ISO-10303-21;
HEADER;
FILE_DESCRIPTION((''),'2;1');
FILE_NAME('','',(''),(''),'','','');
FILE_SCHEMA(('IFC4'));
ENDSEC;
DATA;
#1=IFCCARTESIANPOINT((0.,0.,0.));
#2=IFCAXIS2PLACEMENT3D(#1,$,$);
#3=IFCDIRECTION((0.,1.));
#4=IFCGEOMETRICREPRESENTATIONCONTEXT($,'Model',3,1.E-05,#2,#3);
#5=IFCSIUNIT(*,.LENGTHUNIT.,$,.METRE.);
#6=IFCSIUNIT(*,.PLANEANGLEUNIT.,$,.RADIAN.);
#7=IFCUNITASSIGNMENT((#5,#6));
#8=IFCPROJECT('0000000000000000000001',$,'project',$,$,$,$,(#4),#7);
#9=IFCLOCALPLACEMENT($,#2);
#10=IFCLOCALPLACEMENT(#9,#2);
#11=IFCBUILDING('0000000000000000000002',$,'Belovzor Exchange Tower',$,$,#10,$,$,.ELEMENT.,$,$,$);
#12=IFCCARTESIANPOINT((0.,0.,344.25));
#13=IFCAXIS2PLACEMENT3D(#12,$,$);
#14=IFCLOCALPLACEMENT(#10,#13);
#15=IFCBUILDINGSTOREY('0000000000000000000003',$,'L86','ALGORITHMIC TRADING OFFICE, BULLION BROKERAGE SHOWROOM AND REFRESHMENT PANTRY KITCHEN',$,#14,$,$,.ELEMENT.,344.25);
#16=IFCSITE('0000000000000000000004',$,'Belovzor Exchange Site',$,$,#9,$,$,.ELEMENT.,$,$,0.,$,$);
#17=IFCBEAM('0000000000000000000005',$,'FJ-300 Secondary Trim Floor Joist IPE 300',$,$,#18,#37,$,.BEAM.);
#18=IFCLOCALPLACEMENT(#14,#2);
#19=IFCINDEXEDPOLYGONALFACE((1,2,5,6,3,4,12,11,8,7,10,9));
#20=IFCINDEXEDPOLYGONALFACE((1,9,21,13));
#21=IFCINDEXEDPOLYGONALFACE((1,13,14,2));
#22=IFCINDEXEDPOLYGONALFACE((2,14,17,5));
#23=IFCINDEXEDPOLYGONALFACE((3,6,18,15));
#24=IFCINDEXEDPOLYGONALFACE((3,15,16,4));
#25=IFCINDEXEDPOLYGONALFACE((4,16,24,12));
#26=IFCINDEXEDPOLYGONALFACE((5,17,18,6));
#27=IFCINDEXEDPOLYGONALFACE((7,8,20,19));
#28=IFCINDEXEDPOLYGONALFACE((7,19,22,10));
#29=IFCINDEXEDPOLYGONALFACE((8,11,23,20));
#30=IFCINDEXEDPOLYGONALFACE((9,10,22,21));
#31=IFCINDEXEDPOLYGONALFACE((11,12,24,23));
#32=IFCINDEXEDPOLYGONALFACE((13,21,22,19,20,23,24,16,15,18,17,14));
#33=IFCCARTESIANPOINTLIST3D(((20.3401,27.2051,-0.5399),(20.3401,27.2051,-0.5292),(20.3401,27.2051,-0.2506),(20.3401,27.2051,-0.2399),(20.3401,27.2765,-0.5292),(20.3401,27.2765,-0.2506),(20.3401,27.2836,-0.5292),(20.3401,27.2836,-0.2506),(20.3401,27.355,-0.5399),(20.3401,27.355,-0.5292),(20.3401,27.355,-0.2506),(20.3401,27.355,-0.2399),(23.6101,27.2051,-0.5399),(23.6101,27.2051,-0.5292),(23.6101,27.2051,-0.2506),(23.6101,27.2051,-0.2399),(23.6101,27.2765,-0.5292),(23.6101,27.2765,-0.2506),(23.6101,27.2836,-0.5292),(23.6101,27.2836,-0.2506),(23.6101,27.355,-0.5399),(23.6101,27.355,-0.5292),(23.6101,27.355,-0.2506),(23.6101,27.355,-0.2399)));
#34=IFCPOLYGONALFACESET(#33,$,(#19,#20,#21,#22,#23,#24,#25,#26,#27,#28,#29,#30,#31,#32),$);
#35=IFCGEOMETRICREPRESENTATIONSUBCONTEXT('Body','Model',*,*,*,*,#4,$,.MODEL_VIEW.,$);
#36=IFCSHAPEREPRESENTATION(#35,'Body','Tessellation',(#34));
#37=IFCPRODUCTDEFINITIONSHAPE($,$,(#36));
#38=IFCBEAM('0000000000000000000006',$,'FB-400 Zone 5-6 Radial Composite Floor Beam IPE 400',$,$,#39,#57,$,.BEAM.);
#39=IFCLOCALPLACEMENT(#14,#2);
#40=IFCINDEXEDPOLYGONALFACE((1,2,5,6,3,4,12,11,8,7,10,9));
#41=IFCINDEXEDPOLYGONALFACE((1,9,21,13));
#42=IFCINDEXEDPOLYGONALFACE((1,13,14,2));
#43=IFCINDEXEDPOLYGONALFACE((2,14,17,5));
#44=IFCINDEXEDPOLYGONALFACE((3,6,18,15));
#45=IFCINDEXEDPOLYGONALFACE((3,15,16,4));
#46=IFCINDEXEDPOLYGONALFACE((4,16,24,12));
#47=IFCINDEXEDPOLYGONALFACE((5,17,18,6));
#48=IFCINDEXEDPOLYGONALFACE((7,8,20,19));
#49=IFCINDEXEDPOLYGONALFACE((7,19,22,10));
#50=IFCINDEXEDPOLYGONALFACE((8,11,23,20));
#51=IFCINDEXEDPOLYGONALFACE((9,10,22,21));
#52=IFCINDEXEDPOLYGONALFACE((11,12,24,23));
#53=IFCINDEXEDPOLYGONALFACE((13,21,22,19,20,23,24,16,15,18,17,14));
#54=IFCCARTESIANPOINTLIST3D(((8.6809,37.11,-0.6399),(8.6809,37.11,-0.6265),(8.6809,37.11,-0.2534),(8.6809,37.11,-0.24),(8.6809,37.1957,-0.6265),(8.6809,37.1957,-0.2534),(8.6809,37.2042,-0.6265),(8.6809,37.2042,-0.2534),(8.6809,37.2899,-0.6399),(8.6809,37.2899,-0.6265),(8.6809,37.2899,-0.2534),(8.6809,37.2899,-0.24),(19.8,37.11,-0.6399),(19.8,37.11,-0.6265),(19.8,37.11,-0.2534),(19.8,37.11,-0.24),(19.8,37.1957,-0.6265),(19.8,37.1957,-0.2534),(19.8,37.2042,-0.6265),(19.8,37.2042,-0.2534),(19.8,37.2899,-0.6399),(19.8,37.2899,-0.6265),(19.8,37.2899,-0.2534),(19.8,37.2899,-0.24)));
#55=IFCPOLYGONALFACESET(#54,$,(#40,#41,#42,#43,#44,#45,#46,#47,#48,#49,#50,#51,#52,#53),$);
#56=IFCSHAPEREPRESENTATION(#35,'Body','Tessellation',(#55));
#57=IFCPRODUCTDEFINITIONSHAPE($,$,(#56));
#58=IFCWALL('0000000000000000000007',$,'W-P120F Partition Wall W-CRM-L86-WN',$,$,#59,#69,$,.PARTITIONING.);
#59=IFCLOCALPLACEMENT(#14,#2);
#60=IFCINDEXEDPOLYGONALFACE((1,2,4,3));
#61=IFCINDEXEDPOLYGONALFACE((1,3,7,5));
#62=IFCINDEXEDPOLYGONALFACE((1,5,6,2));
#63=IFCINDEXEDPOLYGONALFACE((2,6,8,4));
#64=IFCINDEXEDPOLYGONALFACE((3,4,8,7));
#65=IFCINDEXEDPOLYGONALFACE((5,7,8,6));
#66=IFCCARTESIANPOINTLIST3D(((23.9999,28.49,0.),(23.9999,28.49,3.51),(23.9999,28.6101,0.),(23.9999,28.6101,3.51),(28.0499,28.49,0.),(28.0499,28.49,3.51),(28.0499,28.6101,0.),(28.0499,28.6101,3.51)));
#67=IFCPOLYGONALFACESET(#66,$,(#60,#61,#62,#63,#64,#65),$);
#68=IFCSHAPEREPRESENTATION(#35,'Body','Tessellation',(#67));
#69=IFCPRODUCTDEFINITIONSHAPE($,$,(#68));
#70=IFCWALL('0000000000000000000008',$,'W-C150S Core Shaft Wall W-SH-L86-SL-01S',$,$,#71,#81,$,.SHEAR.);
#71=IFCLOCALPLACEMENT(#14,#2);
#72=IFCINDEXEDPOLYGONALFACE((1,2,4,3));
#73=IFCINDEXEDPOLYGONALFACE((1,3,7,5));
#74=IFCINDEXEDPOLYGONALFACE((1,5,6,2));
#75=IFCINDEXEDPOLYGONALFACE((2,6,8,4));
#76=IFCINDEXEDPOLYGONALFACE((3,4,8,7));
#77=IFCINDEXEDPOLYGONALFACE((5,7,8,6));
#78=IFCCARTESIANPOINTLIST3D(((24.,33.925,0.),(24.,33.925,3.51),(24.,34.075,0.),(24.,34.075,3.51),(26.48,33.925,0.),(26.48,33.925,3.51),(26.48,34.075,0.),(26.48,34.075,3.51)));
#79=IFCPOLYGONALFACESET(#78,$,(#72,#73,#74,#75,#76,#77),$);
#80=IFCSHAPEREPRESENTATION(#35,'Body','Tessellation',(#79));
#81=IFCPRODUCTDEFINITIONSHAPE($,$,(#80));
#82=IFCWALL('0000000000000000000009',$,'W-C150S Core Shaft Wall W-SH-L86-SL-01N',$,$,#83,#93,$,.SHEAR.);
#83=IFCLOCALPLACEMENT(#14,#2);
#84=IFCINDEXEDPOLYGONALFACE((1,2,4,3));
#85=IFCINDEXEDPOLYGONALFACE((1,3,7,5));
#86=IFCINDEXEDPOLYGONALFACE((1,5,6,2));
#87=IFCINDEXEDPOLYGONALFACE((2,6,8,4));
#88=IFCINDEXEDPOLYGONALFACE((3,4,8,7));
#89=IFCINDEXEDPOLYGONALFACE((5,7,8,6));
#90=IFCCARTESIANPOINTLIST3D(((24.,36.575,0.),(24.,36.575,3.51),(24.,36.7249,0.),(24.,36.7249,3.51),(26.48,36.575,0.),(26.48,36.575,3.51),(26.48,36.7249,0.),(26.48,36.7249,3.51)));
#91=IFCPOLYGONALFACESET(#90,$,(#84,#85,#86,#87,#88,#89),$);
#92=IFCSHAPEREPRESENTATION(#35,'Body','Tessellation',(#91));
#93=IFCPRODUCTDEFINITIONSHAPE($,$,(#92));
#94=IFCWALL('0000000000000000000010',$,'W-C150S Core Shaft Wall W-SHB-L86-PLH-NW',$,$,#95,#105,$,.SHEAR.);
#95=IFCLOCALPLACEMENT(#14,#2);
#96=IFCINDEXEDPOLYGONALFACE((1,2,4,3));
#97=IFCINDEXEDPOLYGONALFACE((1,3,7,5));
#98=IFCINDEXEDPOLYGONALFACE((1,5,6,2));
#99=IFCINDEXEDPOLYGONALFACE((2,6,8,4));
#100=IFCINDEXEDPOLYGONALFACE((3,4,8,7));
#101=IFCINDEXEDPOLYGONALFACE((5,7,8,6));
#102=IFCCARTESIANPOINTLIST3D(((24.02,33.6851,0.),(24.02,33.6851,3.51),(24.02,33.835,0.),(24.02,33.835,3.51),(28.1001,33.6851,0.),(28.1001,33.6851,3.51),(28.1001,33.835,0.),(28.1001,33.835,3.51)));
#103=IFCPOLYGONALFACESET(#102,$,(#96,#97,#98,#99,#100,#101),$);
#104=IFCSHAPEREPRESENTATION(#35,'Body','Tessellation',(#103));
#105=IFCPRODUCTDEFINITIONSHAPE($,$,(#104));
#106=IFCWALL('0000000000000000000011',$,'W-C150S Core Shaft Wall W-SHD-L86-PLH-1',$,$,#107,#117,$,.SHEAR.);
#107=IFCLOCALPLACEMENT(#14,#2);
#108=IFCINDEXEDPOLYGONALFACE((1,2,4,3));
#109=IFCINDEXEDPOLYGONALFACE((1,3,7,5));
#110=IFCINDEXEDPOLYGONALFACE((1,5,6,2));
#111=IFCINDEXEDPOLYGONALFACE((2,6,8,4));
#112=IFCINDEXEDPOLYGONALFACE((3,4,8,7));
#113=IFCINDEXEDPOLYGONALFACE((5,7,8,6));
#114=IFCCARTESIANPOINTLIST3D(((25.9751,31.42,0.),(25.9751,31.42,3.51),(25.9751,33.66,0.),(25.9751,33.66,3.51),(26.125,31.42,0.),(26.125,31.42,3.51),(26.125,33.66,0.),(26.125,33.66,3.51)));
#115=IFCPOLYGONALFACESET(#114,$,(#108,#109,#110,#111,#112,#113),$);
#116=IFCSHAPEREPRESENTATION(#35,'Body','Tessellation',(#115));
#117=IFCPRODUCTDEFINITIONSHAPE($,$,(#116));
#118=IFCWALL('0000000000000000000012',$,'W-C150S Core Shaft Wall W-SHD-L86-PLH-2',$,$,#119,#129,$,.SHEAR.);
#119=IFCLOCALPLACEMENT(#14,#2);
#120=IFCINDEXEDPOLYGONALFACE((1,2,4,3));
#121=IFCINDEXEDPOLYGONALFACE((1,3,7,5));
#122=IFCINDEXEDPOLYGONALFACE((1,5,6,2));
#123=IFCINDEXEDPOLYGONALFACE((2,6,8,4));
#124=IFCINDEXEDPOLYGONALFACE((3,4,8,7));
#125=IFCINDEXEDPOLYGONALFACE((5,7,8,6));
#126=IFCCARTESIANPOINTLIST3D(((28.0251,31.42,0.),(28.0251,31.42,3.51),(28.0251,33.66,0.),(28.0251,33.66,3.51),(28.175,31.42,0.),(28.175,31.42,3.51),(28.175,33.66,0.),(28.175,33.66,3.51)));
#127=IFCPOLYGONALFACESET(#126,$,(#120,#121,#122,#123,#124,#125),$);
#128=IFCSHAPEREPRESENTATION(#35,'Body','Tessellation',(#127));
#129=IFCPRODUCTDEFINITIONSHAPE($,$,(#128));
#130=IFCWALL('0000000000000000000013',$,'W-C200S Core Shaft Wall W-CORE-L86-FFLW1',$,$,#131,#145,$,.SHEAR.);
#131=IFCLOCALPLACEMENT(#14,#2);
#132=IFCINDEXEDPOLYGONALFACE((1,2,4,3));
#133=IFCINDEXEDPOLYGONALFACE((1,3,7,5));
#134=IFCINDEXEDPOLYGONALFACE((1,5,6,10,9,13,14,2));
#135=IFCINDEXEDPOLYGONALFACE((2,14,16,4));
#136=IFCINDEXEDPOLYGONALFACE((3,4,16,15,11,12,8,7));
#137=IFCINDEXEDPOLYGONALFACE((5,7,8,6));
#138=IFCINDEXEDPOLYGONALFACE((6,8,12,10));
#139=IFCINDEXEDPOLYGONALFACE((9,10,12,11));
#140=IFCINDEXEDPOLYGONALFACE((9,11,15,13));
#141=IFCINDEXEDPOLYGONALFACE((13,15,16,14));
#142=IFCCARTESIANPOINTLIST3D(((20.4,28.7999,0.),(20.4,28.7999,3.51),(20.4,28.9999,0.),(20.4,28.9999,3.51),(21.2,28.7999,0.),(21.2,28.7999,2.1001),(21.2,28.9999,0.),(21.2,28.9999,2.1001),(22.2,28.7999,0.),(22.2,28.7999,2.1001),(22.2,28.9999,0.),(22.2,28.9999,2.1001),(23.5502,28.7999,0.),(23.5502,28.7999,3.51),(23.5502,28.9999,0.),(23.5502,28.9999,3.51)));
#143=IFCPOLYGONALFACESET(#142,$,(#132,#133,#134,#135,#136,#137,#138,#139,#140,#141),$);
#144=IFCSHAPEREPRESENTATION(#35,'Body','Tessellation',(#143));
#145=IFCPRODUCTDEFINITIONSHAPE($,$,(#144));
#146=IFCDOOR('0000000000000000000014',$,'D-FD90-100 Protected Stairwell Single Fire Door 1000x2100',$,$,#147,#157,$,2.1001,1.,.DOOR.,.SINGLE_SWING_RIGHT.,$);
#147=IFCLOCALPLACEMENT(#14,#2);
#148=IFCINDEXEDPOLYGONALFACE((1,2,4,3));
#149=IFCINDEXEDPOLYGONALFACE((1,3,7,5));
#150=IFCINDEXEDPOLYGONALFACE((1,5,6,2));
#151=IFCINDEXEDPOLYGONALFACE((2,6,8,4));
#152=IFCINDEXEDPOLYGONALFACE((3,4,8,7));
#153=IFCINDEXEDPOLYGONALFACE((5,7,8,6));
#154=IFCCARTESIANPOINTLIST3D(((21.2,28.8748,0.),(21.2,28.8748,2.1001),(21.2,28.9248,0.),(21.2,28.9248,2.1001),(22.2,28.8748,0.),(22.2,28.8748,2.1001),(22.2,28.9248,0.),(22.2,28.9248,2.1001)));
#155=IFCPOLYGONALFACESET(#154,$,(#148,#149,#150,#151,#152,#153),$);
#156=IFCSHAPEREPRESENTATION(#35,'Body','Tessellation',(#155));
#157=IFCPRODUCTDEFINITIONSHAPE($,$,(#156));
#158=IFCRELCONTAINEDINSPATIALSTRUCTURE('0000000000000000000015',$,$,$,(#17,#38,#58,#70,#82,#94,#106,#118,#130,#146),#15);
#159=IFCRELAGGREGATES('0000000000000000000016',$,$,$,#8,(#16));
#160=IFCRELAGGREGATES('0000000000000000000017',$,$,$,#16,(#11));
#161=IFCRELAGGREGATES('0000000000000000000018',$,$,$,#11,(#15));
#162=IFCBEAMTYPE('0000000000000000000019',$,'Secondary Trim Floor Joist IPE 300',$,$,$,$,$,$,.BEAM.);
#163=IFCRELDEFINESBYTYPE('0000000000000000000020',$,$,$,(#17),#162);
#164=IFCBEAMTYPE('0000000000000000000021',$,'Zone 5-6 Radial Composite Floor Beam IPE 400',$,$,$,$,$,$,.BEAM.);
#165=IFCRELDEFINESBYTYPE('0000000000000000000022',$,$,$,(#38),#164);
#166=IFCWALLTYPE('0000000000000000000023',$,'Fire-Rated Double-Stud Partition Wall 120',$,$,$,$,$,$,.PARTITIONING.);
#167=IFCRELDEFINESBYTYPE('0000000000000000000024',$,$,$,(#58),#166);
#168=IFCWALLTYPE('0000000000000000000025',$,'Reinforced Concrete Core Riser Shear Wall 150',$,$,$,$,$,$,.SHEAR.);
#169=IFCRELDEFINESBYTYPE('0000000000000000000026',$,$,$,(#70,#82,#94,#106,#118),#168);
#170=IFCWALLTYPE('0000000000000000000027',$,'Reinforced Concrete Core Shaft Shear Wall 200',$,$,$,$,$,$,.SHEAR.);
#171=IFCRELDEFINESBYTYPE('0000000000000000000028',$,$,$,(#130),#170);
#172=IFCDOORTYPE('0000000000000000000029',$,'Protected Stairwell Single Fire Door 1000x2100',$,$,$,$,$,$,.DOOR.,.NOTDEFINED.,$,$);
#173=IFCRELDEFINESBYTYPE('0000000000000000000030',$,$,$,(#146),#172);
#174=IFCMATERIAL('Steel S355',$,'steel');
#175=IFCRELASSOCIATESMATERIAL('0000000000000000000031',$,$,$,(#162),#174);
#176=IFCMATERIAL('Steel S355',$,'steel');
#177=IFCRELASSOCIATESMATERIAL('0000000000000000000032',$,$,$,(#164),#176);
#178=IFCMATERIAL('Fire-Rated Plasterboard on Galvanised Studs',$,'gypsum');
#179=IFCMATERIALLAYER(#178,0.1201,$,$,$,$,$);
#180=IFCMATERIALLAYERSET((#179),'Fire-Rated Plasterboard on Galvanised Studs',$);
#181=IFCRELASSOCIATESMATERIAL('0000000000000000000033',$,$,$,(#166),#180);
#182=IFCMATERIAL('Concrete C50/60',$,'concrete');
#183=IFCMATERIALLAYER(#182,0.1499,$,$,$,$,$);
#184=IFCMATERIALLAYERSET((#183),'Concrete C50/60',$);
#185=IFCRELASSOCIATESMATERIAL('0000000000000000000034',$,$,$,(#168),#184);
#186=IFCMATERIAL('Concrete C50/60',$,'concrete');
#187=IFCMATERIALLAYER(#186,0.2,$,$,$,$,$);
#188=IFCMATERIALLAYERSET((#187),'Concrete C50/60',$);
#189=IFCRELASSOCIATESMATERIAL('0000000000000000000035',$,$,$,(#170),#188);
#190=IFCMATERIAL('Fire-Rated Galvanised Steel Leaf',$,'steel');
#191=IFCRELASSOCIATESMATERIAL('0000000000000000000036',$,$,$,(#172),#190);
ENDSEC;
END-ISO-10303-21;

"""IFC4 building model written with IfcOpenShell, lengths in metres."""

from ifc_helpers import new_model, si_unit, direction, frame, frame_2d, origin, origin_2d, place, context, subcontext, project, spatial, rectangle, i_section, extrude, material, layer, layer_set, material_profile, profile_set, type_object, element, fill, save


model = new_model("IFC4")

# Units and contexts
model_context = context("Model", 3, precision=1e-05, world=origin(), true_north=direction((0.0, 1.0)))
body_context = subcontext(model_context, "Body", "Model", "MODEL_VIEW")
ifc_project = project(units=[si_unit("LENGTHUNIT", "METRE"), si_unit("PLANEANGLEUNIT", "RADIAN")], contexts=[model_context])

# Site, building, storey
site_placement = place(None, origin())
site = spatial("IfcSite", under=ifc_project, at=site_placement, Name="Belovzor Exchange Site", CompositionType="ELEMENT", RefElevation=0.0)
building_placement = place(site_placement, origin())
building = spatial("IfcBuilding", under=site, at=building_placement, Name="Belovzor Exchange Tower", CompositionType="ELEMENT")
storey_placement = place(building_placement, frame((0.0, 0.0, 344.25)))
storey = spatial("IfcBuildingStorey", under=building, at=storey_placement, Name="L86", Description="ALGORITHMIC TRADING OFFICE, BULLION BROKERAGE SHOWROOM AND REFRESHMENT PANTRY KITCHEN", CompositionType="ELEMENT", Elevation=344.25)

# Beams
ifc_material_1 = material(Name="Steel S355", Category="steel")
ifc_material_profile_1 = material_profile(ifc_material_1, i_section(OverallWidth=0.1499, OverallDepth=0.3, WebThickness=0.0071, FlangeThickness=0.0107, at=origin_2d()))
ifc_profile_set_1 = profile_set([ifc_material_profile_1], Name="Steel S355")
beam_type_1 = type_object("IfcBeamType", Name="Secondary Trim Floor Joist IPE 300", PredefinedType="BEAM", material=ifc_profile_set_1)
beam_1_placement = place(storey_placement, frame((20.3401, 27.28, -0.3899), z_axis=(1.0, 0.0, 0.0), x_axis=(0.0, 1.0, 0.0)))
element("IfcBeam", 1, at=beam_1_placement, inside=storey, type_object=beam_type_1, Name="FJ-300 Secondary Trim Floor Joist IPE 300", PredefinedType="BEAM", context=body_context, shape_type="SweptSolid", body=[
    extrude(i_section(OverallWidth=0.1499, OverallDepth=0.3, WebThickness=0.0071, FlangeThickness=0.0107, at=origin_2d()), origin(), (0.0, 0.0, 1.0), 3.27),
])
ifc_material_2 = material(Name="Steel S355", Category="steel")
ifc_material_profile_2 = material_profile(ifc_material_2, i_section(OverallWidth=0.1799, OverallDepth=0.3999, WebThickness=0.0085, FlangeThickness=0.0134, at=origin_2d()))
ifc_profile_set_2 = profile_set([ifc_material_profile_2], Name="Steel S355")
beam_type_2 = type_object("IfcBeamType", Name="Zone 5-6 Radial Composite Floor Beam IPE 400", PredefinedType="BEAM", material=ifc_profile_set_2)
beam_2_placement = place(storey_placement, frame((19.8, 37.2, -0.4399), z_axis=(-1.0, 0.0, 0.0), x_axis=(0.0, -1.0, 0.0)))
element("IfcBeam", 2, at=beam_2_placement, inside=storey, type_object=beam_type_2, Name="FB-400 Zone 5-6 Radial Composite Floor Beam IPE 400", PredefinedType="BEAM", context=body_context, shape_type="SweptSolid", body=[
    extrude(i_section(OverallWidth=0.1799, OverallDepth=0.3999, WebThickness=0.0085, FlangeThickness=0.0134, at=origin_2d()), origin(), (0.0, 0.0, 1.0), 11.1191),
])

# Walls
ifc_material_3 = material(Name="Fire-Rated Plasterboard on Galvanised Studs", Category="gypsum")
ifc_layer_1 = layer(ifc_material_3, 0.1201)
ifc_layer_set_1 = layer_set([ifc_layer_1], Name="Fire-Rated Plasterboard on Galvanised Studs")
wall_type_1 = type_object("IfcWallType", Name="Fire-Rated Double-Stud Partition Wall 120", PredefinedType="PARTITIONING", material=ifc_layer_set_1)
wall_1_placement = place(storey_placement, frame((24.0, 28.55, 0.0), z_axis=(0.0, 0.0, 1.0), x_axis=(1.0, 0.0, 0.0)))
element("IfcWall", 3, at=wall_1_placement, inside=storey, type_object=wall_type_1, Name="W-P120F Partition Wall W-CRM-L86-WN", PredefinedType="PARTITIONING", context=body_context, shape_type="SweptSolid", body=[
    extrude(rectangle(XDim=4.05, YDim=0.1201, at=frame_2d((2.0249, 0.0))), origin(), (0.0, 0.0, 1.0), 3.51),
])
ifc_material_4 = material(Name="Concrete C50/60", Category="concrete")
ifc_layer_2 = layer(ifc_material_4, 0.1499)
ifc_layer_set_2 = layer_set([ifc_layer_2], Name="Concrete C50/60")
wall_type_2 = type_object("IfcWallType", Name="Reinforced Concrete Core Riser Shear Wall 150", PredefinedType="SHEAR", material=ifc_layer_set_2)
for number, where, z_axis, x_axis, name in (
    (4, (24.0, 34.0, 0.0), (0.0, 0.0, 1.0), (1.0, 0.0, 0.0), "W-C150S Core Shaft Wall W-SH-L86-SL-01S"),
    (5, (24.0, 36.6499, 0.0), (0.0, 0.0, 1.0), (1.0, 0.0, 0.0), "W-C150S Core Shaft Wall W-SH-L86-SL-01N"),
):
    element("IfcWall", number, at=place(storey_placement, frame(where, z_axis=z_axis, x_axis=x_axis)), inside=storey, type_object=wall_type_2, Name=name, PredefinedType="SHEAR", context=body_context, shape_type="SweptSolid", body=[
        extrude(rectangle(XDim=2.48, YDim=0.1499, at=frame_2d((1.24, 0.0))), origin(), (0.0, 0.0, 1.0), 3.51),
    ])
wall_2_placement = place(storey_placement, frame((24.02, 33.76, 0.0), z_axis=(0.0, 0.0, 1.0), x_axis=(1.0, 0.0, 0.0)))
element("IfcWall", 6, at=wall_2_placement, inside=storey, type_object=wall_type_2, Name="W-C150S Core Shaft Wall W-SHB-L86-PLH-NW", PredefinedType="SHEAR", context=body_context, shape_type="SweptSolid", body=[
    extrude(rectangle(XDim=4.0801, YDim=0.1499, at=frame_2d((2.04, 0.0))), origin(), (0.0, 0.0, 1.0), 3.51),
])
for number, where, z_axis, x_axis, name in (
    (7, (26.05, 31.4199, 0.0), (0.0, 0.0, 1.0), (0.0, 1.0, 0.0), "W-C150S Core Shaft Wall W-SHD-L86-PLH-1"),
    (8, (28.1001, 31.4199, 0.0), (0.0, 0.0, 1.0), (0.0, 1.0, 0.0), "W-C150S Core Shaft Wall W-SHD-L86-PLH-2"),
):
    element("IfcWall", number, at=place(storey_placement, frame(where, z_axis=z_axis, x_axis=x_axis)), inside=storey, type_object=wall_type_2, Name=name, PredefinedType="SHEAR", context=body_context, shape_type="SweptSolid", body=[
        extrude(rectangle(XDim=2.24, YDim=0.1499, at=frame_2d((1.1201, 0.0))), origin(), (0.0, 0.0, 1.0), 3.51),
    ])

# Wall, opening, door
ifc_material_5 = material(Name="Concrete C50/60", Category="concrete")
ifc_layer_3 = layer(ifc_material_5, 0.2)
ifc_layer_set_3 = layer_set([ifc_layer_3], Name="Concrete C50/60")
wall_type_3 = type_object("IfcWallType", Name="Reinforced Concrete Core Shaft Shear Wall 200", PredefinedType="SHEAR", material=ifc_layer_set_3)
wall_3_placement = place(storey_placement, frame((20.3999, 28.8999, 0.0), z_axis=(0.0, 0.0, 1.0), x_axis=(1.0, 0.0, 0.0)))
wall_3 = element("IfcWall", 9, at=wall_3_placement, inside=storey, type_object=wall_type_3, Name="W-C200S Core Shaft Wall W-CORE-L86-FFLW1", PredefinedType="SHEAR", context=body_context, shape_type="SweptSolid", body=[
    extrude(rectangle(XDim=3.1501, YDim=0.2, at=frame_2d((1.5752, 0.0))), origin(), (0.0, 0.0, 1.0), 3.51),
])
opening_1_placement = place(wall_3_placement, frame((0.8, 0.0, 0.0)))
opening_1 = element("IfcOpeningElement", 10, at=opening_1_placement, cuts=wall_3, PredefinedType="OPENING", context=body_context, shape_type="SweptSolid", body=[
    extrude(rectangle(XDim=1.0, YDim=2.1001, at=frame_2d((0.5, 1.05))), frame((0.0, 0.1099, 0.0), z_axis=(0.0, -1.0, 0.0), x_axis=(1.0, 0.0, 0.0)), (0.0, 0.0, 1.0), 0.22),
])
ifc_material_6 = material(Name="Fire-Rated Galvanised Steel Leaf", Category="steel")
door_type_1 = type_object("IfcDoorType", Name="Protected Stairwell Single Fire Door 1000x2100", OperationType="NOTDEFINED", PredefinedType="DOOR", material=ifc_material_6)
door_1_placement = place(opening_1_placement, origin())
door_1 = element("IfcDoor", 11, at=door_1_placement, inside=storey, type_object=door_type_1, Name="D-FD90-100 Protected Stairwell Single Fire Door 1000x2100", OperationType="SINGLE_SWING_RIGHT", OverallHeight=2.1001, OverallWidth=1.0, PredefinedType="DOOR", context=body_context, shape_type="SweptSolid", body=[
    extrude(rectangle(XDim=1.0, YDim=2.1001, at=frame_2d((0.5, 1.05))), frame((0.0, 0.0249, 0.0), z_axis=(0.0, -1.0, 0.0), x_axis=(1.0, 0.0, 0.0)), (0.0, 0.0, 1.0), 0.05),
])
fill(opening_1, door_1)

save(model, "model.ifc")
